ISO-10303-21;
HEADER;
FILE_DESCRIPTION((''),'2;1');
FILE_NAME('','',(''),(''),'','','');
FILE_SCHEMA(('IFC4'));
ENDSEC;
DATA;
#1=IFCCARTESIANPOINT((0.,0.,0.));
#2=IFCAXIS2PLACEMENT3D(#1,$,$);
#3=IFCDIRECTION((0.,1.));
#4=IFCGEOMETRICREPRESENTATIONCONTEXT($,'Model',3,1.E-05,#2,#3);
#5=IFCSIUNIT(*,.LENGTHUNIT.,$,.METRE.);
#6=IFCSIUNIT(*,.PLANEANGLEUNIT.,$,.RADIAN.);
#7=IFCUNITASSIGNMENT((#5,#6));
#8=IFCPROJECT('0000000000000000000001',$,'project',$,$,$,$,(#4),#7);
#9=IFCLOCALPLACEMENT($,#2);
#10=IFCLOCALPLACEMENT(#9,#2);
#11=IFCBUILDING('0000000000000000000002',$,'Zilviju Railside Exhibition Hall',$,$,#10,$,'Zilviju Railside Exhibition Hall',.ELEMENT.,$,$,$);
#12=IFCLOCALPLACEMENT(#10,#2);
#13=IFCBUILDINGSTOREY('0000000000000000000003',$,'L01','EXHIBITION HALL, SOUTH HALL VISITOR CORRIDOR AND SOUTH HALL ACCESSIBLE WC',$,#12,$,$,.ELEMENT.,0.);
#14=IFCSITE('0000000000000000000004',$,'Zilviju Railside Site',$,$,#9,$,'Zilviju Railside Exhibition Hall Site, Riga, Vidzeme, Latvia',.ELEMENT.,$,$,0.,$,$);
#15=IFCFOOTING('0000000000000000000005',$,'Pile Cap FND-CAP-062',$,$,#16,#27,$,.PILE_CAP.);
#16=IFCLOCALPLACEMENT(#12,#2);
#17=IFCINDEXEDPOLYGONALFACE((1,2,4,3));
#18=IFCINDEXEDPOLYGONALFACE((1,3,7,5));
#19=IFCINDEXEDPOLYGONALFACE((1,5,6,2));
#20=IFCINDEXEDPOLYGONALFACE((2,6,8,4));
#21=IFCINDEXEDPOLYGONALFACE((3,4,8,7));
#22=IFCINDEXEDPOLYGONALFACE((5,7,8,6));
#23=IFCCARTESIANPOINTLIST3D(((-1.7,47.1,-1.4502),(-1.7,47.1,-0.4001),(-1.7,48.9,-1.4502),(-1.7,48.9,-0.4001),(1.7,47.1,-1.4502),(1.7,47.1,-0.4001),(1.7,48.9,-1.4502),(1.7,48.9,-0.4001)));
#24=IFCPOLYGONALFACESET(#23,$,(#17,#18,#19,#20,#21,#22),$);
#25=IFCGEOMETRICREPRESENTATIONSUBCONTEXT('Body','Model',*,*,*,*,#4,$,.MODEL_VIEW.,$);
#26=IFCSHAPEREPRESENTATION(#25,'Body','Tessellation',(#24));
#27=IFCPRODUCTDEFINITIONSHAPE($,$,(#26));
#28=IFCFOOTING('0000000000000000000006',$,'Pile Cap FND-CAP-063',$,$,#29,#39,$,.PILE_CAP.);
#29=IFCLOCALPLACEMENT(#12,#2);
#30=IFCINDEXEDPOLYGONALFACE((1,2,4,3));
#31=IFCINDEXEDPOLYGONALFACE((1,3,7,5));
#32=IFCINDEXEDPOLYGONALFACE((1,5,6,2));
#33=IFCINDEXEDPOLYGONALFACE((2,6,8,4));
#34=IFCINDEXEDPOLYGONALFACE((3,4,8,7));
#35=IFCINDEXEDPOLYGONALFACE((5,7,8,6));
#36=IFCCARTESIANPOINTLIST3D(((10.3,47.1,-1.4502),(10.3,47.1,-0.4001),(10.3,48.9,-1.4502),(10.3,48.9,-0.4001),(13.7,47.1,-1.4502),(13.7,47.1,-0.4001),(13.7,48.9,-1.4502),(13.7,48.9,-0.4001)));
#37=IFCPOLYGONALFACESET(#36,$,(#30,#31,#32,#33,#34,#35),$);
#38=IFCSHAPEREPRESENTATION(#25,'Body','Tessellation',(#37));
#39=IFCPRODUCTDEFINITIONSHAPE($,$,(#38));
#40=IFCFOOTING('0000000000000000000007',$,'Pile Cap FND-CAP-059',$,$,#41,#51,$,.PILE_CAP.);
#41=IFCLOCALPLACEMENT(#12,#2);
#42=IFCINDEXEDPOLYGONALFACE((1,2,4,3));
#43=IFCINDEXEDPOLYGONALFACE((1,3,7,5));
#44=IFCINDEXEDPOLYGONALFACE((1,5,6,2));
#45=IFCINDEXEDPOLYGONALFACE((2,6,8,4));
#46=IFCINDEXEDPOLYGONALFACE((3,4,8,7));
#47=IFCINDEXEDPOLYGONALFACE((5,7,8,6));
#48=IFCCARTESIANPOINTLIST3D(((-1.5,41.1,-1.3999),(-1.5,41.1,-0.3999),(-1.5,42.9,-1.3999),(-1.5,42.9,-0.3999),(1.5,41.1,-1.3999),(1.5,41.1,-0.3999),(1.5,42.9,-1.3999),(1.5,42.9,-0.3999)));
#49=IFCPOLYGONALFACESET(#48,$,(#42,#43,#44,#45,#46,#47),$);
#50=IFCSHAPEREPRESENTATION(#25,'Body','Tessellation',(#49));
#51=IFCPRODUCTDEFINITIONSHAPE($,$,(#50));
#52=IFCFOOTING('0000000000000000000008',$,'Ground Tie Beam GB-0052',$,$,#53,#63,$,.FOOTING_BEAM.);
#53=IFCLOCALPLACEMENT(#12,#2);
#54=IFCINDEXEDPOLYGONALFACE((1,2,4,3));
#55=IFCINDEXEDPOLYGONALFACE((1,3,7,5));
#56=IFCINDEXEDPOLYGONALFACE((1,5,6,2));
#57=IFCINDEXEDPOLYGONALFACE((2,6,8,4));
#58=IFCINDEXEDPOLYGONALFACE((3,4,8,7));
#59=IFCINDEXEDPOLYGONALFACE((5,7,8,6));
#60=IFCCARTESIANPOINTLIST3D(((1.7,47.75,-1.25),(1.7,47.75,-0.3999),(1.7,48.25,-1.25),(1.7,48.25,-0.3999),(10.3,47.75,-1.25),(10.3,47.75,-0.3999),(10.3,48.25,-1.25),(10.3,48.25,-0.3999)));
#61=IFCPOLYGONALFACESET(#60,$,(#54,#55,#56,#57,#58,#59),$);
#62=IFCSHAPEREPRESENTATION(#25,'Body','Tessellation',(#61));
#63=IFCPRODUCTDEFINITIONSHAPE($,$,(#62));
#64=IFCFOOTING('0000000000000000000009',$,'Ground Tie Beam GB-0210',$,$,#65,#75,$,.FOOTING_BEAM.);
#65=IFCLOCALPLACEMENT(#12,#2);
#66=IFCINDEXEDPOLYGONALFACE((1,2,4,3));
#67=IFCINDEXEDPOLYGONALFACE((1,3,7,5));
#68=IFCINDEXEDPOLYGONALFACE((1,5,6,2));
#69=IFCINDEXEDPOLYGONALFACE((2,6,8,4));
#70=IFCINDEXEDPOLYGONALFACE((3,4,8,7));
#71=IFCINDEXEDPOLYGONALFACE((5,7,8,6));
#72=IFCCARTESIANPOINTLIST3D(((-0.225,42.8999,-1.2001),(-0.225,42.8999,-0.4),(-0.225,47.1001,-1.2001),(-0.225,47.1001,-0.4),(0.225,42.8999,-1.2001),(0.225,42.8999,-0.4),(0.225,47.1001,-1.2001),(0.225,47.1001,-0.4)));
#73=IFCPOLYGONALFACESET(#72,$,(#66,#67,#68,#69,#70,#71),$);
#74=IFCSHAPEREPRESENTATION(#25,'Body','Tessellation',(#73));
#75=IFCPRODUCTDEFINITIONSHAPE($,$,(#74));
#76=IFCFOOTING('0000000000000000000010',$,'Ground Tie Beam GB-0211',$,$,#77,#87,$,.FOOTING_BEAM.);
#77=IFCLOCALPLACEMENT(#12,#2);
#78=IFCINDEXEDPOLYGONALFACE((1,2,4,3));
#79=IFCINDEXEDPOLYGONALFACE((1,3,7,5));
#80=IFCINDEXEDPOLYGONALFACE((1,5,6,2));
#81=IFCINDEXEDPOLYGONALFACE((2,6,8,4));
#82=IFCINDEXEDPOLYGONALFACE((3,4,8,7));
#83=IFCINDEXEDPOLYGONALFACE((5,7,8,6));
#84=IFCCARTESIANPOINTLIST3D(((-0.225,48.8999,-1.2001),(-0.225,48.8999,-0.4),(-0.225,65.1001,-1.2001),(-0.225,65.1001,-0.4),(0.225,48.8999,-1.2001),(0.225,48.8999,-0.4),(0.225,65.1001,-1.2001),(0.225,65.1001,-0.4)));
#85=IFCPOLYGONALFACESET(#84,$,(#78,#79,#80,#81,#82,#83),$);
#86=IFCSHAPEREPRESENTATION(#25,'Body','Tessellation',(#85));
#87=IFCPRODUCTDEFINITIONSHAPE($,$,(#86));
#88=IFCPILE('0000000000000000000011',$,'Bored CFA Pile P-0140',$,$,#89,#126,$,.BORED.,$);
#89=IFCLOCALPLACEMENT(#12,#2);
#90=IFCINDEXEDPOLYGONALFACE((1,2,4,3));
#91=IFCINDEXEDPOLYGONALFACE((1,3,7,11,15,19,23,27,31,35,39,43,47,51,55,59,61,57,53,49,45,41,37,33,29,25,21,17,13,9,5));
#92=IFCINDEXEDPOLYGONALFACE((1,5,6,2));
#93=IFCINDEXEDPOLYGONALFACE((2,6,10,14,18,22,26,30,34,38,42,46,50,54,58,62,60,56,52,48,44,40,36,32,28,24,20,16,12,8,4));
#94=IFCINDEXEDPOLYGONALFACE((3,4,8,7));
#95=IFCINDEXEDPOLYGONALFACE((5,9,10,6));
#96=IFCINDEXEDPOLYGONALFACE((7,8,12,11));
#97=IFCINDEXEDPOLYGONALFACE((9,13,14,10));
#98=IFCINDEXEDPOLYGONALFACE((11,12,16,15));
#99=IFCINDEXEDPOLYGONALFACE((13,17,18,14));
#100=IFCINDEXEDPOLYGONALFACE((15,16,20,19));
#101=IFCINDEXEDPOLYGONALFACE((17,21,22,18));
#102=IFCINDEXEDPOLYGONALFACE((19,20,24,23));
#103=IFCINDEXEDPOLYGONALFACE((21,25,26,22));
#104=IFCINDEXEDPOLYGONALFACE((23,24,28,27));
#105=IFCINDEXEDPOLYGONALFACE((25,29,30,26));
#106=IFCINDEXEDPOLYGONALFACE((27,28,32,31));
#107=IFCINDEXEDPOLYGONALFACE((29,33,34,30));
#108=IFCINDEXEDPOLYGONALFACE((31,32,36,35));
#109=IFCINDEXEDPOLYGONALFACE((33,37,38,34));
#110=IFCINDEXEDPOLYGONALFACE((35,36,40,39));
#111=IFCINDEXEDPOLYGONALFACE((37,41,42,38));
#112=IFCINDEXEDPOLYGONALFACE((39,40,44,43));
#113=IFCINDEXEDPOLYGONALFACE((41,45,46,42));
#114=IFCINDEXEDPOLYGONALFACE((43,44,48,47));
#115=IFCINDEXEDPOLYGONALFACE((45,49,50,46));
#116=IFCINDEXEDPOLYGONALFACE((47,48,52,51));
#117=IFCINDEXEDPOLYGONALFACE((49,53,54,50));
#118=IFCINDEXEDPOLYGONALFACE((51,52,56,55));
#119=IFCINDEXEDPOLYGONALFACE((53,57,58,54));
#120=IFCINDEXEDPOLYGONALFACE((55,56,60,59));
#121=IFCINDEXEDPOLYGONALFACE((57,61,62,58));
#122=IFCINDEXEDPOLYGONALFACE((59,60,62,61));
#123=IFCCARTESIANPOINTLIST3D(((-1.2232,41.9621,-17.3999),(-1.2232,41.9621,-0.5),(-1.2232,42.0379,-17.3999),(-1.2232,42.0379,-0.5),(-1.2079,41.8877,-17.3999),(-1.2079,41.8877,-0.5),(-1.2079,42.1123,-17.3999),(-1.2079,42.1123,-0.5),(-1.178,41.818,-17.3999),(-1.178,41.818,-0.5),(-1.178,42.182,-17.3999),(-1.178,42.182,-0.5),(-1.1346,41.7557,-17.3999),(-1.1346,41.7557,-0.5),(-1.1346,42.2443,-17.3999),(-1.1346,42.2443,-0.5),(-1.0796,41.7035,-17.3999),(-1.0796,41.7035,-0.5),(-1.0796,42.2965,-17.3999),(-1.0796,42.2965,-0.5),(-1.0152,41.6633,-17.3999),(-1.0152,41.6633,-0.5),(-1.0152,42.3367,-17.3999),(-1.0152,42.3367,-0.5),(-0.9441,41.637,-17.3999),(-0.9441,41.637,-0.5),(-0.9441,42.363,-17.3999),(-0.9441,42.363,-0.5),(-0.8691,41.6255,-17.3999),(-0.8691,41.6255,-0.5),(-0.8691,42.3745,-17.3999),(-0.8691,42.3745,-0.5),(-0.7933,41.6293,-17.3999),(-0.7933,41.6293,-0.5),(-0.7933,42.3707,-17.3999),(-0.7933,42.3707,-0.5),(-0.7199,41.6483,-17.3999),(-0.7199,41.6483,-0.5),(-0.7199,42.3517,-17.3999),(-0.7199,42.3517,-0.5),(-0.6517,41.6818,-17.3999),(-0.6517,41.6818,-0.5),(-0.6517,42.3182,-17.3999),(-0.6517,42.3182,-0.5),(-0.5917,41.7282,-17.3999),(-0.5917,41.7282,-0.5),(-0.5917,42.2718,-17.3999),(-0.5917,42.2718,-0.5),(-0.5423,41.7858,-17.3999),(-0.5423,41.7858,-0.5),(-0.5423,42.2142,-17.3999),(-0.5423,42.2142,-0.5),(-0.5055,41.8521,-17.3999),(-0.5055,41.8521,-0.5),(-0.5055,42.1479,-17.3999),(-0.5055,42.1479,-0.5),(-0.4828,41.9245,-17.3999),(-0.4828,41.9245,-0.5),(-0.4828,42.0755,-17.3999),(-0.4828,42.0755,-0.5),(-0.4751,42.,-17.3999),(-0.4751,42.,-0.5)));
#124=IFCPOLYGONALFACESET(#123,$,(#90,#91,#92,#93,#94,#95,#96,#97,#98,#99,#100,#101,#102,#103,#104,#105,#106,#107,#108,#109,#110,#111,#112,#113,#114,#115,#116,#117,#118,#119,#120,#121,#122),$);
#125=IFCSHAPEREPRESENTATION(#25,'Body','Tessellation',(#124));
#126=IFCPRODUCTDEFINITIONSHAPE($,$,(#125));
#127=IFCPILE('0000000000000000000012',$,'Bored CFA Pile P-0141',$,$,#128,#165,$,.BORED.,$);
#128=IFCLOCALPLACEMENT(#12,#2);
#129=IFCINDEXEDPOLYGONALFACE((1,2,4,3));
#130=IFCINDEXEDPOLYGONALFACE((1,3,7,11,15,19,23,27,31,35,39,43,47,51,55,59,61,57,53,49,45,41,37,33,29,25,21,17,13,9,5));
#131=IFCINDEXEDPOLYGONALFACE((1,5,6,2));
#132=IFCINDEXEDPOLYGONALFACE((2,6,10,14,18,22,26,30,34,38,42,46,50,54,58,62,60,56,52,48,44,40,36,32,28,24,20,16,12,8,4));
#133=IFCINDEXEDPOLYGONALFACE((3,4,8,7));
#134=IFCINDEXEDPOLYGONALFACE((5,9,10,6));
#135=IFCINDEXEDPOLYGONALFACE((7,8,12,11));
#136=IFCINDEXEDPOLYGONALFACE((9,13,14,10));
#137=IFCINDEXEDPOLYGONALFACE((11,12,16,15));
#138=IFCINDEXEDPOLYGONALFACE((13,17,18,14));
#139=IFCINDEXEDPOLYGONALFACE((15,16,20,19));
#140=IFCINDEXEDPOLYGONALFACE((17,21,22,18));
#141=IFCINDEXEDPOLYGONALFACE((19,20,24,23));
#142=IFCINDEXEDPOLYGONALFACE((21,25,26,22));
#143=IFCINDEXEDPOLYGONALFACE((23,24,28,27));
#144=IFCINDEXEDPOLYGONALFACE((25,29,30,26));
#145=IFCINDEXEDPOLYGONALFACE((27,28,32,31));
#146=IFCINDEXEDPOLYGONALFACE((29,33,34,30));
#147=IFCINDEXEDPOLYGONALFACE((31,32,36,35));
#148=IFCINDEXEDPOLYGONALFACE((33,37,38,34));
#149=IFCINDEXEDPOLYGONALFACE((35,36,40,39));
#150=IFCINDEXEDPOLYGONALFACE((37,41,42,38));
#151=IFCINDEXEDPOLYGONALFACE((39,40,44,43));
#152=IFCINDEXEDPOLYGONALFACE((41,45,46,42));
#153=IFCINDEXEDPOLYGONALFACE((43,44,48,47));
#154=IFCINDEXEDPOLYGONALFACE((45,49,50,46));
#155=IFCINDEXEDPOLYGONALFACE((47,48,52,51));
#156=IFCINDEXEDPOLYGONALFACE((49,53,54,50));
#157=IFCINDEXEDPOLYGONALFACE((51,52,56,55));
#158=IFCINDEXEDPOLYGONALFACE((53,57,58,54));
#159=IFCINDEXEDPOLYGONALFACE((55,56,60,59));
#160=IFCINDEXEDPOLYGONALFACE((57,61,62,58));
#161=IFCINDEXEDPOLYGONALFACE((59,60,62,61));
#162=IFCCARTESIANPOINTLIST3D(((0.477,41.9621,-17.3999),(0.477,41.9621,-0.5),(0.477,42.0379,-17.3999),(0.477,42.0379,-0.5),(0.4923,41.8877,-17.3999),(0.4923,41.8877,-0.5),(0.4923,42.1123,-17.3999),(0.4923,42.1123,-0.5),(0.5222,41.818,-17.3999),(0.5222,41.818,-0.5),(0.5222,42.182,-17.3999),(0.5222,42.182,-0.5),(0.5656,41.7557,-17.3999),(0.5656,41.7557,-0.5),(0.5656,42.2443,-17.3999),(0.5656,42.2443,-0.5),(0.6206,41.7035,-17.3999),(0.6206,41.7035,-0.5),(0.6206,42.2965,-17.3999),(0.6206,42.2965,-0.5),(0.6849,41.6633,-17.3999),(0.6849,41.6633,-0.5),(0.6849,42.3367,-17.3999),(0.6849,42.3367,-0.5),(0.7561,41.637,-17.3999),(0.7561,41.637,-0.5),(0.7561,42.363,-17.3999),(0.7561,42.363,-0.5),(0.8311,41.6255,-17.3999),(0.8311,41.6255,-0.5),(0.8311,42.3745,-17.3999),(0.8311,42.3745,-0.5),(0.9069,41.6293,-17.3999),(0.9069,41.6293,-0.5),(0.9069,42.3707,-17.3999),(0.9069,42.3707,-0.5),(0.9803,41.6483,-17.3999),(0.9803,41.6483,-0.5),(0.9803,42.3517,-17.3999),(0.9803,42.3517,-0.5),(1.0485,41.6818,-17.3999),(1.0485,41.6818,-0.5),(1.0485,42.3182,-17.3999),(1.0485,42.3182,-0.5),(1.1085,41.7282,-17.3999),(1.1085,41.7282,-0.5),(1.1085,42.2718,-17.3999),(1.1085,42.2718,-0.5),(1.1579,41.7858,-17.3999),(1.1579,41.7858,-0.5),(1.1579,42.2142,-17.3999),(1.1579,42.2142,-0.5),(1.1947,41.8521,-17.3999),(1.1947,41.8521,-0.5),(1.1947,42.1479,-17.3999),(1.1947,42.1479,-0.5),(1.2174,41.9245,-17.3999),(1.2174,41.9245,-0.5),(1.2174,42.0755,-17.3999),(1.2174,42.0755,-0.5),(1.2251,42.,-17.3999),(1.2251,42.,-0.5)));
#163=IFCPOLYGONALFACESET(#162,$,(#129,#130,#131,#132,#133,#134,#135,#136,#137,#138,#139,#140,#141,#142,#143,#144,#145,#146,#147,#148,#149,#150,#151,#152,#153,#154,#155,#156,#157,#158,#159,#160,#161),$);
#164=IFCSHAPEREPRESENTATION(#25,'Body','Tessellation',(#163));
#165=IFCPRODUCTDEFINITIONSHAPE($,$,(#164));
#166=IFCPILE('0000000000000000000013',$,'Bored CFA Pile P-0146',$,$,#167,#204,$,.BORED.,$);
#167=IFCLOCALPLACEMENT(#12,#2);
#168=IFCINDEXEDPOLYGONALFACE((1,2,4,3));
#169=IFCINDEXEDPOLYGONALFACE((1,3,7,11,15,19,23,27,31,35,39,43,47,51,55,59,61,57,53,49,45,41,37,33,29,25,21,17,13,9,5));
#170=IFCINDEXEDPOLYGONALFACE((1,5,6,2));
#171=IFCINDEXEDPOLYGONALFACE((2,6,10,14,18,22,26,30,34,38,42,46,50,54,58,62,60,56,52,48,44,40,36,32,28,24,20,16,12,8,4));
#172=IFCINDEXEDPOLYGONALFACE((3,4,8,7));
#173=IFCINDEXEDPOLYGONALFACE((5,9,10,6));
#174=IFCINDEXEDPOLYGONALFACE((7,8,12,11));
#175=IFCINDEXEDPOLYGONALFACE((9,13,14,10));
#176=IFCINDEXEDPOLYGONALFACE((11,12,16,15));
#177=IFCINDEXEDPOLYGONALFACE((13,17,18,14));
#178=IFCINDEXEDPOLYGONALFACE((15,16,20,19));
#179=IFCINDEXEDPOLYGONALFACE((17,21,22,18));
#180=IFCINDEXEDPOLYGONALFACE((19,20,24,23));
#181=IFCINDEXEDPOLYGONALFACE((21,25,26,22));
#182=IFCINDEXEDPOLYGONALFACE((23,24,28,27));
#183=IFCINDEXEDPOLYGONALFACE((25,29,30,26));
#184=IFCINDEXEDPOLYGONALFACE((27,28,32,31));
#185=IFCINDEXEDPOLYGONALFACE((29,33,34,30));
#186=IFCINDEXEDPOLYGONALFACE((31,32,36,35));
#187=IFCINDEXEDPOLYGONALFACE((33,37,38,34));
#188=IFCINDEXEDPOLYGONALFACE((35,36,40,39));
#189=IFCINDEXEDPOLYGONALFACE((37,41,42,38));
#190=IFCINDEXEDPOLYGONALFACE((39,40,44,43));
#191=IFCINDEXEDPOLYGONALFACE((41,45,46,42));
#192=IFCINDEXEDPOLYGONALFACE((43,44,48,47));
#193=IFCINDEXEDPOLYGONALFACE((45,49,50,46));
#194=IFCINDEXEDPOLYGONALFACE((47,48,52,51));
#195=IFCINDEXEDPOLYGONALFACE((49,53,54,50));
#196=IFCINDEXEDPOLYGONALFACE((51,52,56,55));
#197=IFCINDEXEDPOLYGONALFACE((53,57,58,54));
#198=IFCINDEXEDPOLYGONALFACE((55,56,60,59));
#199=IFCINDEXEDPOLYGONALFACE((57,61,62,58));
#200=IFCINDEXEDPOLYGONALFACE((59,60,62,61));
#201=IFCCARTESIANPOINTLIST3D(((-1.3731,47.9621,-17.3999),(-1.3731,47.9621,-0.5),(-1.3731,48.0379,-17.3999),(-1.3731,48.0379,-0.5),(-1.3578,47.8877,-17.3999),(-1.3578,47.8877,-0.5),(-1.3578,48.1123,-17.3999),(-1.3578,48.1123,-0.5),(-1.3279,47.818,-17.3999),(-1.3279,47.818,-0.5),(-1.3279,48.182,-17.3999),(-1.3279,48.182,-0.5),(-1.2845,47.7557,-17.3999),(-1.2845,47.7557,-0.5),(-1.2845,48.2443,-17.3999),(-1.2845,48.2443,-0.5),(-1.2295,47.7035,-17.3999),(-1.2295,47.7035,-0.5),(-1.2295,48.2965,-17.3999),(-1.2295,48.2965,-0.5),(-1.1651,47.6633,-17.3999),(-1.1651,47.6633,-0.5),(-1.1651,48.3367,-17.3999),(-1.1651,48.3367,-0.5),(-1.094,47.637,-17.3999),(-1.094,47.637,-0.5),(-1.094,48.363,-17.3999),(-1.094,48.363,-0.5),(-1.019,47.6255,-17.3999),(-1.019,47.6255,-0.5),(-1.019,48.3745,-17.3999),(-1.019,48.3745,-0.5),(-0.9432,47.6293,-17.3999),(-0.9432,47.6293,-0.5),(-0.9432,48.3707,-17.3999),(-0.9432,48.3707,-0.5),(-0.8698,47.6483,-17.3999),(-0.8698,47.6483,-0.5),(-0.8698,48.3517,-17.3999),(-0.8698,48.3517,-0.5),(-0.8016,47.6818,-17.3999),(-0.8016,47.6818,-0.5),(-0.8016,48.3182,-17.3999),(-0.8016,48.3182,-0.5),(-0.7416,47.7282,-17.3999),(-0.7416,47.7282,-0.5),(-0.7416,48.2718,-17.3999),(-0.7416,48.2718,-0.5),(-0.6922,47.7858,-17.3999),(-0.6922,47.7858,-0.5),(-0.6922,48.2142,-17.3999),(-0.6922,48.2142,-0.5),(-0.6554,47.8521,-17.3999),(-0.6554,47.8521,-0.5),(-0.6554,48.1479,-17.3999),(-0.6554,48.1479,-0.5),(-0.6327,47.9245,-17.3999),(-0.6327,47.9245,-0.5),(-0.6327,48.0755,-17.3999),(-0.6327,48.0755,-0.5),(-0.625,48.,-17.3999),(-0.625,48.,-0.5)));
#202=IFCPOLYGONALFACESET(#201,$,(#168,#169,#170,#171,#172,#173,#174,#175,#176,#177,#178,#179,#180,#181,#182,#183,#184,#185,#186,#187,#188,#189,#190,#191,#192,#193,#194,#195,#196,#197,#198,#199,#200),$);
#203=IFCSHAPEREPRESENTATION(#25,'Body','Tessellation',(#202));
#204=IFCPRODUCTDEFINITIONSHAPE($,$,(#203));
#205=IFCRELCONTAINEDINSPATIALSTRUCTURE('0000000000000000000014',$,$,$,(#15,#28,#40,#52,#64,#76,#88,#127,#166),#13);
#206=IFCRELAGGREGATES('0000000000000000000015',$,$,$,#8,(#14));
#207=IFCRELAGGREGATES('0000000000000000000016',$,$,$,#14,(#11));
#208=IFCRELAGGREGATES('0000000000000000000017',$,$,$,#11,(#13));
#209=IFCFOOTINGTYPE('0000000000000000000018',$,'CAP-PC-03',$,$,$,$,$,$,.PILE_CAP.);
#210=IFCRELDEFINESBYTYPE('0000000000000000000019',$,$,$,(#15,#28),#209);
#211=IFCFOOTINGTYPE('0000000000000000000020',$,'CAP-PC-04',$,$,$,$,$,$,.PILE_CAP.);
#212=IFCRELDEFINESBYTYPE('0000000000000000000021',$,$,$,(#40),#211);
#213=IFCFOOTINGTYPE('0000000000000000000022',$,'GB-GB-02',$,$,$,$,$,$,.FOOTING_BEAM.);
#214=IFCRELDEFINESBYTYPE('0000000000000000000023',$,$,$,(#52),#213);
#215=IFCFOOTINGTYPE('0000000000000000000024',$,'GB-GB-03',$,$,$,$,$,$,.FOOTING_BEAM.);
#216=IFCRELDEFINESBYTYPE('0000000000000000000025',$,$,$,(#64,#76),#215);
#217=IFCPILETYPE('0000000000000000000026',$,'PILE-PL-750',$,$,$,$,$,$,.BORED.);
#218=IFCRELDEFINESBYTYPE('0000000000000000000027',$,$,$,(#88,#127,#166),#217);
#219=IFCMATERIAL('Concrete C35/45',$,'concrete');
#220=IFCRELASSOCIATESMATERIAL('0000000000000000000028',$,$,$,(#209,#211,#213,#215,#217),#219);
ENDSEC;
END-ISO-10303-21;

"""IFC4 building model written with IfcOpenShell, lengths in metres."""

from ifc_helpers import new_model, si_unit, direction, frame, origin, origin_2d, place, context, subcontext, project, spatial, rectangle, circle, extrude, material, material_profile, profile_set, type_object, element, save


model = new_model("IFC4")

# Units and contexts
model_context = context("Model", 3, precision=1e-05, world=origin(), true_north=direction((0.0, 1.0)))
body_context = subcontext(model_context, "Body", "Model", "MODEL_VIEW")
ifc_project = project(units=[si_unit("LENGTHUNIT", "METRE"), si_unit("PLANEANGLEUNIT", "RADIAN")], contexts=[model_context])

# Site, building, storey
site_placement = place(None, origin())
site = spatial("IfcSite", under=ifc_project, at=site_placement, Name="Zilviju Railside Site", LongName="Zilviju Railside Exhibition Hall Site, Riga, Vidzeme, Latvia", CompositionType="ELEMENT", RefElevation=0.0)
building_placement = place(site_placement, origin())
building = spatial("IfcBuilding", under=site, at=building_placement, Name="Zilviju Railside Exhibition Hall", LongName="Zilviju Railside Exhibition Hall", CompositionType="ELEMENT")
storey_placement = place(building_placement, origin())
storey = spatial("IfcBuildingStorey", under=building, at=storey_placement, Name="L01", Description="EXHIBITION HALL, SOUTH HALL VISITOR CORRIDOR AND SOUTH HALL ACCESSIBLE WC", CompositionType="ELEMENT", Elevation=0.0)

# Footings
ifc_material_1 = material(Name="Concrete C35/45", Category="concrete")
footing_type_1 = type_object("IfcFootingType", Name="CAP-PC-03", PredefinedType="PILE_CAP", material=ifc_material_1)
for number, where, z_axis, x_axis, name in (
    (1, (0.0, 48.0, -1.4502), (0.0, 0.0, 1.0), (1.0, 0.0, 0.0), "Pile Cap FND-CAP-062"),
    (2, (12.0, 48.0, -1.4502), (0.0, 0.0, 1.0), (1.0, 0.0, 0.0), "Pile Cap FND-CAP-063"),
):
    element("IfcFooting", number, at=place(storey_placement, frame(where, z_axis=z_axis, x_axis=x_axis)), inside=storey, type_object=footing_type_1, Name=name, PredefinedType="PILE_CAP", context=body_context, shape_type="SweptSolid", body=[
        extrude(rectangle(XDim=3.3999, YDim=1.8, at=origin_2d()), origin(), (0.0, 0.0, 1.0), 1.05),
    ])
footing_type_2 = type_object("IfcFootingType", Name="CAP-PC-04", PredefinedType="PILE_CAP", material=ifc_material_1)
footing_1_placement = place(storey_placement, frame((0.0, 42.0, -1.3999), z_axis=(0.0, 0.0, 1.0), x_axis=(1.0, 0.0, 0.0)))
element("IfcFooting", 3, at=footing_1_placement, inside=storey, type_object=footing_type_2, Name="Pile Cap FND-CAP-059", PredefinedType="PILE_CAP", context=body_context, shape_type="SweptSolid", body=[
    extrude(rectangle(XDim=3.0, YDim=1.8, at=origin_2d()), origin(), (0.0, 0.0, 1.0), 1.0),
])
ifc_material_profile_1 = material_profile(ifc_material_1, rectangle(XDim=0.5, YDim=0.8501, at=origin_2d()), Name="TIE BEAM 500x850")
ifc_profile_set_1 = profile_set([ifc_material_profile_1], Name="Concrete C35/45")
footing_type_3 = type_object("IfcFootingType", Name="GB-GB-02", PredefinedType="FOOTING_BEAM", material=ifc_profile_set_1)
footing_2_placement = place(storey_placement, frame((1.7, 48.0, -0.825), z_axis=(1.0, 0.0, 0.0), x_axis=(0.0, 1.0, 0.0)))
element("IfcFooting", 4, at=footing_2_placement, inside=storey, type_object=footing_type_3, Name="Ground Tie Beam GB-0052", PredefinedType="FOOTING_BEAM", context=body_context, shape_type="SweptSolid", body=[
    extrude(rectangle(XDim=0.5, YDim=0.8501, at=origin_2d()), origin(), (0.0, 0.0, 1.0), 8.6001),
])
ifc_material_profile_2 = material_profile(ifc_material_1, rectangle(XDim=0.45, YDim=0.8, at=origin_2d()), Name="TIE BEAM 450x800")
ifc_profile_set_2 = profile_set([ifc_material_profile_2], Name="Concrete C35/45")
footing_type_4 = type_object("IfcFootingType", Name="GB-GB-03", PredefinedType="FOOTING_BEAM", material=ifc_profile_set_2)
footing_3_placement = place(storey_placement, frame((0.0, 42.8999, -0.8), z_axis=(0.0, 1.0, 0.0), x_axis=(-1.0, 0.0, 0.0)))
element("IfcFooting", 5, at=footing_3_placement, inside=storey, type_object=footing_type_4, Name="Ground Tie Beam GB-0210", PredefinedType="FOOTING_BEAM", context=body_context, shape_type="SweptSolid", body=[
    extrude(rectangle(XDim=0.45, YDim=0.8, at=origin_2d()), origin(), (0.0, 0.0, 1.0), 4.2002),
])
footing_4_placement = place(storey_placement, frame((0.0, 48.8999, -0.8), z_axis=(0.0, 1.0, 0.0), x_axis=(-1.0, 0.0, 0.0)))
element("IfcFooting", 6, at=footing_4_placement, inside=storey, type_object=footing_type_4, Name="Ground Tie Beam GB-0211", PredefinedType="FOOTING_BEAM", context=body_context, shape_type="SweptSolid", body=[
    extrude(rectangle(XDim=0.45, YDim=0.8, at=origin_2d()), origin(), (0.0, 0.0, 1.0), 16.2002),
])

# Piles
ifc_material_profile_3 = material_profile(ifc_material_1, circle(Radius=0.375, at=origin_2d()), Name="CFA PILE D750")
ifc_profile_set_3 = profile_set([ifc_material_profile_3], Name="Concrete C35/45")
pile_type = type_object("IfcPileType", Name="PILE-PL-750", PredefinedType="BORED", material=ifc_profile_set_3)
for number, where, z_axis, x_axis, name in (
    (7, (-0.8501, 42.0, -0.5), (0.0, 0.0, -1.0), (1.0, 0.0, 0.0), "Bored CFA Pile P-0140"),
    (8, (0.8501, 42.0, -0.5), (0.0, 0.0, -1.0), (1.0, 0.0, 0.0), "Bored CFA Pile P-0141"),
    (9, (-1.0, 48.0, -0.5), (0.0, 0.0, -1.0), (1.0, 0.0, 0.0), "Bored CFA Pile P-0146"),
):
    element("IfcPile", number, at=place(storey_placement, frame(where, z_axis=z_axis, x_axis=x_axis)), inside=storey, type_object=pile_type, Name=name, PredefinedType="BORED", context=body_context, shape_type="SweptSolid", body=[
        extrude(circle(Radius=0.375, at=origin_2d()), origin(), (0.0, 0.0, 1.0), 16.8999),
    ])

save(model, "model.ifc")
